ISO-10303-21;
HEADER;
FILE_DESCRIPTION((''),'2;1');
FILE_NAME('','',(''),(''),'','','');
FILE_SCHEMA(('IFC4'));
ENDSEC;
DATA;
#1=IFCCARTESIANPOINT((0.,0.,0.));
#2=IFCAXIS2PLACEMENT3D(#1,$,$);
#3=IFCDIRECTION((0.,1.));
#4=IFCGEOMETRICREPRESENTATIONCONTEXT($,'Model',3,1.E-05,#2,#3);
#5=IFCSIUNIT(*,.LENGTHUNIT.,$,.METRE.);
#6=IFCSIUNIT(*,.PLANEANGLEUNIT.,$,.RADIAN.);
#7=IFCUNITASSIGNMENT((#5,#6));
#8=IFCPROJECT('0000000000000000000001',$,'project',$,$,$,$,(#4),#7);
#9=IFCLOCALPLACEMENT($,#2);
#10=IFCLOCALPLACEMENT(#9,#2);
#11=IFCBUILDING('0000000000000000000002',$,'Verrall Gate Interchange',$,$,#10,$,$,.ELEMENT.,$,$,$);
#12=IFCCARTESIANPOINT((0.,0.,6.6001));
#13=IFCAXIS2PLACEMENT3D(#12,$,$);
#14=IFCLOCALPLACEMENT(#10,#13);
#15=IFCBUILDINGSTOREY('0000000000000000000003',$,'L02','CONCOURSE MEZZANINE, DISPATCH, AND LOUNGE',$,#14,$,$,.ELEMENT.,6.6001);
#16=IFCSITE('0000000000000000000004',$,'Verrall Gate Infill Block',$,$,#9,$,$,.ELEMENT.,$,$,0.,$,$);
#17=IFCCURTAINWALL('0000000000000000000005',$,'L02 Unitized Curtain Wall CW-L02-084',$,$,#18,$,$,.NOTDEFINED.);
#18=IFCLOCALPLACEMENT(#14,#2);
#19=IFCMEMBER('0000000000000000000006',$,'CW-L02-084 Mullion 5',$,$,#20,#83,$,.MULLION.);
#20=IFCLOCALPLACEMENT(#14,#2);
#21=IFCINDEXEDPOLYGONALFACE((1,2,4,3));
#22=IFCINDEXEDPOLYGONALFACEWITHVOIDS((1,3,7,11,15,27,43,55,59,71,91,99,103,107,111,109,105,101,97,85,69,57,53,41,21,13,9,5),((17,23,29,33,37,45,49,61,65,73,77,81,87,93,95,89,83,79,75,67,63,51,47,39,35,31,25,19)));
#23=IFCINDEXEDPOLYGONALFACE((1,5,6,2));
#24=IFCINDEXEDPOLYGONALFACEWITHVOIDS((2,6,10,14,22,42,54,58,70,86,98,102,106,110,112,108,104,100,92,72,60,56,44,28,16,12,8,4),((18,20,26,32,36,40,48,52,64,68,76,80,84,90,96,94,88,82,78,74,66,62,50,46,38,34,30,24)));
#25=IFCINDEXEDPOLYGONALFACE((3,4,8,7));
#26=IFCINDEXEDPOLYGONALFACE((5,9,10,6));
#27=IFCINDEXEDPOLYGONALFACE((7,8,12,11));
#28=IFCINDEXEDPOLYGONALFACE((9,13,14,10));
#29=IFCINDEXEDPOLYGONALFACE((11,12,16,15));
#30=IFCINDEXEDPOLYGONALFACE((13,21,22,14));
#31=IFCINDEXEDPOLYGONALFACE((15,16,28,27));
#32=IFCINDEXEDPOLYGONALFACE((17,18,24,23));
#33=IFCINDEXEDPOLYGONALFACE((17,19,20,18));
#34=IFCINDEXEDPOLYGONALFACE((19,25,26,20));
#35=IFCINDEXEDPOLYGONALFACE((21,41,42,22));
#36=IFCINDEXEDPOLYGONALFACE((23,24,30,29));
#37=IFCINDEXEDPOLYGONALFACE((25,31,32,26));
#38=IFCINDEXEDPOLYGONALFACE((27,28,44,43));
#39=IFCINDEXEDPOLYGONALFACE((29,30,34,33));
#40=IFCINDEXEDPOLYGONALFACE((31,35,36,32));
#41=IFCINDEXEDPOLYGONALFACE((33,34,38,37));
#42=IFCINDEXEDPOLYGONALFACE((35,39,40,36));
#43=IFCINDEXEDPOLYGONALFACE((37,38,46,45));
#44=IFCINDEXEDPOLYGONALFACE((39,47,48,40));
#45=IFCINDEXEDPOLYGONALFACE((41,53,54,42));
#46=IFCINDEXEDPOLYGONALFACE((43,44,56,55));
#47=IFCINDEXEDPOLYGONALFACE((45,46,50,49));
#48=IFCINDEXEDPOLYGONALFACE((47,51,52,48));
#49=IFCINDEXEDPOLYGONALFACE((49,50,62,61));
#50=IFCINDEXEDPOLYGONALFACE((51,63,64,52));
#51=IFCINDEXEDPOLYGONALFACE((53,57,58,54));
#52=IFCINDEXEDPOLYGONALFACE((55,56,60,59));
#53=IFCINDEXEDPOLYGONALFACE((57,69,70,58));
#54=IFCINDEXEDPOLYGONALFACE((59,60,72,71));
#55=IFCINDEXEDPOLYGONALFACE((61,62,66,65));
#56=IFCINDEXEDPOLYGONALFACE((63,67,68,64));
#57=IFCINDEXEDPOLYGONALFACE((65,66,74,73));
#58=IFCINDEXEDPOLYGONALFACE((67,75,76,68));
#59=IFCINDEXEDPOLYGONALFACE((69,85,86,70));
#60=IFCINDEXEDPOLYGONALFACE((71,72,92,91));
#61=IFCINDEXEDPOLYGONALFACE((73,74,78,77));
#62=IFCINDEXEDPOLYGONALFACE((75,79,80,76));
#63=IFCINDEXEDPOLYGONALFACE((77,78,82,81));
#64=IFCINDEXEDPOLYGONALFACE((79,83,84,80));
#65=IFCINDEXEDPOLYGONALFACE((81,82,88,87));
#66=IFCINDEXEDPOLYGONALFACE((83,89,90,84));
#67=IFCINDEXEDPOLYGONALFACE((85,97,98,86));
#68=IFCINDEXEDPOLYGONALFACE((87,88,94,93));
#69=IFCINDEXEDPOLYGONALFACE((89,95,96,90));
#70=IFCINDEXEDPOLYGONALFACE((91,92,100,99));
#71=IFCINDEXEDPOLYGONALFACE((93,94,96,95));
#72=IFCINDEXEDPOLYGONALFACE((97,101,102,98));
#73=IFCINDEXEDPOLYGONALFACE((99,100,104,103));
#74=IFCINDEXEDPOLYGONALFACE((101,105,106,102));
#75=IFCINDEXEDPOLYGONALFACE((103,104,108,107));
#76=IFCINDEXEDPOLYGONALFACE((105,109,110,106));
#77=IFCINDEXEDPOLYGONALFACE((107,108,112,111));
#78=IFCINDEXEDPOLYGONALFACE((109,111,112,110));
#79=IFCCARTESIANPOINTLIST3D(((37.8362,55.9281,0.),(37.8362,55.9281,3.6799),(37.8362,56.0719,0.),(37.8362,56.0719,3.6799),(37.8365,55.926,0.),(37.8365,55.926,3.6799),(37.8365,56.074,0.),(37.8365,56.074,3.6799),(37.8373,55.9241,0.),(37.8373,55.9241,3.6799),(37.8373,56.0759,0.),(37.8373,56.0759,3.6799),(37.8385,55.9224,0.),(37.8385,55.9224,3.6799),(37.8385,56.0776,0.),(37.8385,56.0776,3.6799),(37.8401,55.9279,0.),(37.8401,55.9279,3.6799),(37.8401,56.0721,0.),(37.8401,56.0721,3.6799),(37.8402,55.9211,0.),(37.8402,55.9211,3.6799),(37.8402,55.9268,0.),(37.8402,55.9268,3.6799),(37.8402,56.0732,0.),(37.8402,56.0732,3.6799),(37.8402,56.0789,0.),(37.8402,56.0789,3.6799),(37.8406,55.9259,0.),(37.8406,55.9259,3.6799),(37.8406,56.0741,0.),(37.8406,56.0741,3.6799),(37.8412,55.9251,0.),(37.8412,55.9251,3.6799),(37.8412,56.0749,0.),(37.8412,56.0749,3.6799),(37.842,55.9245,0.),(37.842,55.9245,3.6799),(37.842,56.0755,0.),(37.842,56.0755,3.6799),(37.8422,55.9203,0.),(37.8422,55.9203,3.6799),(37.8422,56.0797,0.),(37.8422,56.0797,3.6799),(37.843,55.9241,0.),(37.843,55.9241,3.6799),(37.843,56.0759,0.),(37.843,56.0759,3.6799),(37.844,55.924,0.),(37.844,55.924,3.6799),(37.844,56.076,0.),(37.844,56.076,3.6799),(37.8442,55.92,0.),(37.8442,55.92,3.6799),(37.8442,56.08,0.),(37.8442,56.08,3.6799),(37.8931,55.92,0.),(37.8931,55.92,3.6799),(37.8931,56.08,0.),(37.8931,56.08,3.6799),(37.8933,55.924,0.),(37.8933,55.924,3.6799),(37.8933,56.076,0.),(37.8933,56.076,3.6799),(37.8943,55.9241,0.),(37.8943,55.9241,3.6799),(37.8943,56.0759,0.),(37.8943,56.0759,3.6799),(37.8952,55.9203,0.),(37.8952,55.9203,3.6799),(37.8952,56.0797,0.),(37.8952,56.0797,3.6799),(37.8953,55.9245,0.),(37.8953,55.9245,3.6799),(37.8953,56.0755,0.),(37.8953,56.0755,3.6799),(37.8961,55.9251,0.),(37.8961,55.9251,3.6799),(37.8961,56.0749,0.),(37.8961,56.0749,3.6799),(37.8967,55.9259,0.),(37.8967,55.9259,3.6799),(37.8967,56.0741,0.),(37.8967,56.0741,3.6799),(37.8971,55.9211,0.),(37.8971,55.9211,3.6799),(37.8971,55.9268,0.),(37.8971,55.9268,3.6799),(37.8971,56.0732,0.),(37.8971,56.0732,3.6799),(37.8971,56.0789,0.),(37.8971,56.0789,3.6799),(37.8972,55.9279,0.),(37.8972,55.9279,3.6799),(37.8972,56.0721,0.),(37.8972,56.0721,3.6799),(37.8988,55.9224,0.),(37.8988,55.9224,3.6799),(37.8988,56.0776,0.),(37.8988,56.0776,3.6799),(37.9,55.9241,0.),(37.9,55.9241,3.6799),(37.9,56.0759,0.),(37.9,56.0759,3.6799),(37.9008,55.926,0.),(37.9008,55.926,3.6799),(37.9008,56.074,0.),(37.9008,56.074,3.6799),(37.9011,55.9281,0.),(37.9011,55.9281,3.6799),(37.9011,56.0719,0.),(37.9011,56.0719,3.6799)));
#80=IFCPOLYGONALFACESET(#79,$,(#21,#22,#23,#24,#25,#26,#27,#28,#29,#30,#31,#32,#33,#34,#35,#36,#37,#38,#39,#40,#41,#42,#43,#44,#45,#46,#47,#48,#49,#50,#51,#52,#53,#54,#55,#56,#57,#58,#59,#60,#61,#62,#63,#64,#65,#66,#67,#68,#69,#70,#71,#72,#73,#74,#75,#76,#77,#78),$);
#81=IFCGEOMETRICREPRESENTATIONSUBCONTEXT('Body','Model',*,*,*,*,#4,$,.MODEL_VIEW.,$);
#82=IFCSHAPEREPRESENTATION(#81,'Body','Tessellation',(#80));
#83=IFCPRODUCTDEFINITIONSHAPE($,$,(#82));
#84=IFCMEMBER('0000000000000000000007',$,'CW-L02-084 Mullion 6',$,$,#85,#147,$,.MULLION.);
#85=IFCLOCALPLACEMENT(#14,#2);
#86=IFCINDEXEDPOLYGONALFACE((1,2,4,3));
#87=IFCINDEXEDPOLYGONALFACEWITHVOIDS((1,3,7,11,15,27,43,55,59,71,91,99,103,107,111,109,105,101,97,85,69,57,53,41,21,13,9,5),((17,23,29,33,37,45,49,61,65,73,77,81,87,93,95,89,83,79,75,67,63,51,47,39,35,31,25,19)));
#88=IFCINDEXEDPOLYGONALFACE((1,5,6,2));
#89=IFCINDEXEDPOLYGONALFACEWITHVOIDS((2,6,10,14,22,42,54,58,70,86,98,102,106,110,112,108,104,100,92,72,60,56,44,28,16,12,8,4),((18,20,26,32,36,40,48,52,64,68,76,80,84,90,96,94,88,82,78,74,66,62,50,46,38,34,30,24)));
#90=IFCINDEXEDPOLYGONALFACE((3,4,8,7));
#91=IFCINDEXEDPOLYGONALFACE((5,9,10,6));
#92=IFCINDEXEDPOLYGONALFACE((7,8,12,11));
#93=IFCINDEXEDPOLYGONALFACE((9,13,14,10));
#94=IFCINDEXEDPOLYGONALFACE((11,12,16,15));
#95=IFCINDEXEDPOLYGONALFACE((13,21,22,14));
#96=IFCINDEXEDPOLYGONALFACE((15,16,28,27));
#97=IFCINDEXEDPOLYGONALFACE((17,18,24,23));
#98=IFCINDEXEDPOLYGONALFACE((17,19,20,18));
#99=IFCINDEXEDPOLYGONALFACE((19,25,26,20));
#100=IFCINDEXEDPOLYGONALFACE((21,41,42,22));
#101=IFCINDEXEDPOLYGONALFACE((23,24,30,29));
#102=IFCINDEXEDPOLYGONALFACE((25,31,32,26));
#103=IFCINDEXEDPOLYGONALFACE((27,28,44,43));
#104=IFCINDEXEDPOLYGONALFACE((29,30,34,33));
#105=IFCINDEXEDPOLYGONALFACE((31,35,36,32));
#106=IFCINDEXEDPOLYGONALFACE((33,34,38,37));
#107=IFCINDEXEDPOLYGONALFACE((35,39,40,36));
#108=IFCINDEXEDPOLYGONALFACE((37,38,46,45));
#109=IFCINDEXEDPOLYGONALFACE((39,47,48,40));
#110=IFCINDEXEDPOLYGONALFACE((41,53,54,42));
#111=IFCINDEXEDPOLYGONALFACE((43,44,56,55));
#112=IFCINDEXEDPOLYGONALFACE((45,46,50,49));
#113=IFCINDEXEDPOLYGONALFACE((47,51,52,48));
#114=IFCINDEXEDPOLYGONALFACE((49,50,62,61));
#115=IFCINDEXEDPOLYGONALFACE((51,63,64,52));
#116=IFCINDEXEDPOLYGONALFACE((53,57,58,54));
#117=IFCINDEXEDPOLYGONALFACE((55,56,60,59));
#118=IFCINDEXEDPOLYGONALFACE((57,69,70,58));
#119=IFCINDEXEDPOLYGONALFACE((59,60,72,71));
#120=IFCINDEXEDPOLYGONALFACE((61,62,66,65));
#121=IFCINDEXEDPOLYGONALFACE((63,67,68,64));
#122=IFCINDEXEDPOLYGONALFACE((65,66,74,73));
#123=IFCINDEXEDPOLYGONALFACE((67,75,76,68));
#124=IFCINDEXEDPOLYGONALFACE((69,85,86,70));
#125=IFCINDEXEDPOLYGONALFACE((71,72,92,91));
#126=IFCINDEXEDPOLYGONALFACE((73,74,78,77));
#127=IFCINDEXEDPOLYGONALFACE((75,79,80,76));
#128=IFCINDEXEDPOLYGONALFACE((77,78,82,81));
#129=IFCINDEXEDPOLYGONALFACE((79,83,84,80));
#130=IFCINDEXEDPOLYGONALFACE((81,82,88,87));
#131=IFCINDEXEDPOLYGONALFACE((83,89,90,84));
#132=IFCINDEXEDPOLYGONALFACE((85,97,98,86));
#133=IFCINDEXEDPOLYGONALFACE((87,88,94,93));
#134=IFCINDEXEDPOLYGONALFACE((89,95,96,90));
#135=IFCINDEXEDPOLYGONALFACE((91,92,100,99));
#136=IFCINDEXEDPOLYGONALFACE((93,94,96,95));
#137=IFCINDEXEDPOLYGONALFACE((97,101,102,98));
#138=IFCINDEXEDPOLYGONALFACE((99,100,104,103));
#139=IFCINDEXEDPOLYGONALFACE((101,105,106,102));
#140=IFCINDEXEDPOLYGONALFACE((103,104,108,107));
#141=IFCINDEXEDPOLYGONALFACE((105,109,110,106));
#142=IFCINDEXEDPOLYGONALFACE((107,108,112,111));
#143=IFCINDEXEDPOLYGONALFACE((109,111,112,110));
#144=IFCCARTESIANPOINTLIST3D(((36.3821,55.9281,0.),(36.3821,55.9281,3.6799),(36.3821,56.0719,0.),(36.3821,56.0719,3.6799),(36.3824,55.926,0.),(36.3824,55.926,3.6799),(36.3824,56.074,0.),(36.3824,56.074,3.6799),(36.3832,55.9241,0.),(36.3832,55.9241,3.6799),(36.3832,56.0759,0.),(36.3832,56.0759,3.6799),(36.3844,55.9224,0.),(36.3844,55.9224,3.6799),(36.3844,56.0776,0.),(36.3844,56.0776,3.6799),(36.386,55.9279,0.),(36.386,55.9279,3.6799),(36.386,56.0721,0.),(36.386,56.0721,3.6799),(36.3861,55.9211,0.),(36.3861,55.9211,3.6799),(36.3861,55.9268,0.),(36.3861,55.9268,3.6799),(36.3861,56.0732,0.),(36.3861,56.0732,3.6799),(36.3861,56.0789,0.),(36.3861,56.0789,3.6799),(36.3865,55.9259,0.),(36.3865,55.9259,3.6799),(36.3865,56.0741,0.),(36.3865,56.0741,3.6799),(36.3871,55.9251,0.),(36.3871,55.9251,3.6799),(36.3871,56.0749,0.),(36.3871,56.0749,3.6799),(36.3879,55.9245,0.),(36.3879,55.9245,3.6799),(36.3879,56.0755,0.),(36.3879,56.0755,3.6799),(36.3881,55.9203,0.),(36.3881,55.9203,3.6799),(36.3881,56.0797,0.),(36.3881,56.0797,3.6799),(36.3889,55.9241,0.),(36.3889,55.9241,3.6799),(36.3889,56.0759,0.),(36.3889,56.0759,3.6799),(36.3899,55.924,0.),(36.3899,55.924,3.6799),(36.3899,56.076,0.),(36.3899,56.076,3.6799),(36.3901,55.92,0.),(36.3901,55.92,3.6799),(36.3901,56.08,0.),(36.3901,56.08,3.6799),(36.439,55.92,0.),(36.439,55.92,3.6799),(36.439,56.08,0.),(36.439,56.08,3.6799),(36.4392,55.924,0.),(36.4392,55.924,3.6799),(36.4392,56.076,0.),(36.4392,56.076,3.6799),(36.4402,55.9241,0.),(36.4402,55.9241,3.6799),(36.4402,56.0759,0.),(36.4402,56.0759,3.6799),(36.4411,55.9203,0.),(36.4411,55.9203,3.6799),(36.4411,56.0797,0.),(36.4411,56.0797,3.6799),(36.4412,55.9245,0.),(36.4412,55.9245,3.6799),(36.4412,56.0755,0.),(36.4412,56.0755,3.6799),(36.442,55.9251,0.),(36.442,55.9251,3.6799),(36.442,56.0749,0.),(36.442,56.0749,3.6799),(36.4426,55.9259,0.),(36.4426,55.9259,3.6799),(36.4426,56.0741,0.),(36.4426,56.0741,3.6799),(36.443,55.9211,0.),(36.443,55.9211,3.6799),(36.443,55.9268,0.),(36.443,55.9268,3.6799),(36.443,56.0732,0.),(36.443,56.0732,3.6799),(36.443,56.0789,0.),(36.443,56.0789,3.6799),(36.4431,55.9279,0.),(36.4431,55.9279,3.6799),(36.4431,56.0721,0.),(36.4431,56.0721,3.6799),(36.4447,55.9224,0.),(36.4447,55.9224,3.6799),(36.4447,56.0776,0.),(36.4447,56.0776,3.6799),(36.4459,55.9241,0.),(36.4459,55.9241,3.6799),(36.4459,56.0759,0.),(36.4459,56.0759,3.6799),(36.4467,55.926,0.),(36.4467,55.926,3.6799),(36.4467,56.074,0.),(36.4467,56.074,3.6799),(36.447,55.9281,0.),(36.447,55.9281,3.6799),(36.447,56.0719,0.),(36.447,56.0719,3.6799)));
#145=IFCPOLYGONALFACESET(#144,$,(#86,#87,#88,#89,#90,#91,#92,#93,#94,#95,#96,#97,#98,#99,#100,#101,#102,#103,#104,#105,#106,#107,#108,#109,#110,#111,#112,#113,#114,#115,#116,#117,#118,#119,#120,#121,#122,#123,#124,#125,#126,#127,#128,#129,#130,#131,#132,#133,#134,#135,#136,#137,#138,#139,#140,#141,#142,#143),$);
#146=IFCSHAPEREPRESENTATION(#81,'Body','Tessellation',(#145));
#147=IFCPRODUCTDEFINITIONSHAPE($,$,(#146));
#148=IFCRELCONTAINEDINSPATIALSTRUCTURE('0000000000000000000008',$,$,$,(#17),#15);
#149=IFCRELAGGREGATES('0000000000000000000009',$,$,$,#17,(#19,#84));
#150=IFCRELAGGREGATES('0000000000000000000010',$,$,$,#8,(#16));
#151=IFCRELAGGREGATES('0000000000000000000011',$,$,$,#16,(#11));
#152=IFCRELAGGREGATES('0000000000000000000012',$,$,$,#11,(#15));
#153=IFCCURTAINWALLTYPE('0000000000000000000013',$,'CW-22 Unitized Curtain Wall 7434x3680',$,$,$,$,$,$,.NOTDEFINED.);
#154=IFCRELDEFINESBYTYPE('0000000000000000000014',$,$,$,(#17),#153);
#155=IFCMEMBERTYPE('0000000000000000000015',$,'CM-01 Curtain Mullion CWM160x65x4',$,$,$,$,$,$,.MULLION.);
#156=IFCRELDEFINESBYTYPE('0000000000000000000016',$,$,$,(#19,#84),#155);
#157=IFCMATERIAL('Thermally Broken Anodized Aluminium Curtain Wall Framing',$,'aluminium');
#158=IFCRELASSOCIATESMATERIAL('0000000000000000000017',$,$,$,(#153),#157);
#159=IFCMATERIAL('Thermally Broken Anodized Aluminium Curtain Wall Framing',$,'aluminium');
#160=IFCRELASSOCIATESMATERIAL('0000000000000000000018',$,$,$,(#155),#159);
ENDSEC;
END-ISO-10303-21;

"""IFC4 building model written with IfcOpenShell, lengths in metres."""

from ifc_helpers import new_model, si_unit, direction, frame, origin, origin_2d, place, context, subcontext, project, spatial, hollow_rectangle, extrude, material, material_profile, profile_set, type_object, element, aggregate, save


model = new_model("IFC4")

# Units and contexts
model_context = context("Model", 3, precision=1e-05, world=origin(), true_north=direction((0.0, 1.0)))
body_context = subcontext(model_context, "Body", "Model", "MODEL_VIEW")
ifc_project = project(units=[si_unit("LENGTHUNIT", "METRE"), si_unit("PLANEANGLEUNIT", "RADIAN")], contexts=[model_context])

# Site, building, storey
site_placement = place(None, origin())
site = spatial("IfcSite", under=ifc_project, at=site_placement, Name="Verrall Gate Infill Block", CompositionType="ELEMENT", RefElevation=0.0)
building_placement = place(site_placement, origin())
building = spatial("IfcBuilding", under=site, at=building_placement, Name="Verrall Gate Interchange", CompositionType="ELEMENT")
storey_placement = place(building_placement, frame((0.0, 0.0, 6.6001)))
storey = spatial("IfcBuildingStorey", under=building, at=storey_placement, Name="L02", Description="CONCOURSE MEZZANINE, DISPATCH, AND LOUNGE", CompositionType="ELEMENT", Elevation=6.6001)

# Curtain wall, members
ifc_material_1 = material(Name="Thermally Broken Anodized Aluminium Curtain Wall Framing", Category="aluminium")
curtain_wall_type_1 = type_object("IfcCurtainWallType", Name="CW-22 Unitized Curtain Wall 7434x3680", PredefinedType="NOTDEFINED", material=ifc_material_1)
curtain_wall_1_placement = place(storey_placement, origin())
curtain_wall_1 = element("IfcCurtainWall", 1, at=curtain_wall_1_placement, inside=storey, type_object=curtain_wall_type_1, Name="L02 Unitized Curtain Wall CW-L02-084", PredefinedType="NOTDEFINED")
ifc_material_2 = material(Name="Thermally Broken Anodized Aluminium Curtain Wall Framing", Category="aluminium")
ifc_material_profile_1 = material_profile(ifc_material_2, hollow_rectangle(XDim=0.0649, YDim=0.1599, WallThickness=0.0039, InnerFilletRadius=0.0039, OuterFilletRadius=0.0081, at=origin_2d()), Name="CWM160x65x4")
ifc_profile_set_1 = profile_set([ifc_material_profile_1], Name="Thermally Broken Anodized Aluminium Curtain Wall Framing")
member_type_1 = type_object("IfcMemberType", Name="CM-01 Curtain Mullion CWM160x65x4", PredefinedType="MULLION", material=ifc_profile_set_1)
member_1_placement = place(storey_placement, frame((37.8687, 56.0, 0.0), z_axis=(0.0, 0.0, 1.0), x_axis=(-1.0, 0.0, 0.0)))
member_1 = element("IfcMember", 2, at=member_1_placement, type_object=member_type_1, Name="CW-L02-084 Mullion 5", PredefinedType="MULLION", context=body_context, shape_type="SweptSolid", body=[
    extrude(hollow_rectangle(XDim=0.0649, YDim=0.1599, WallThickness=0.0039, InnerFilletRadius=0.0039, OuterFilletRadius=0.0081, at=origin_2d()), origin(), (0.0, 0.0, 1.0), 3.6799),
])
member_2_placement = place(storey_placement, frame((36.4146, 56.0, 0.0), z_axis=(0.0, 0.0, 1.0), x_axis=(-1.0, 0.0, 0.0)))
member_2 = element("IfcMember", 3, at=member_2_placement, type_object=member_type_1, Name="CW-L02-084 Mullion 6", PredefinedType="MULLION", context=body_context, shape_type="SweptSolid", body=[
    extrude(hollow_rectangle(XDim=0.0649, YDim=0.1599, WallThickness=0.0039, InnerFilletRadius=0.0039, OuterFilletRadius=0.0081, at=origin_2d()), origin(), (0.0, 0.0, 1.0), 3.6799),
])

aggregate(curtain_wall_1, [member_1, member_2])

save(model, "model.ifc")
